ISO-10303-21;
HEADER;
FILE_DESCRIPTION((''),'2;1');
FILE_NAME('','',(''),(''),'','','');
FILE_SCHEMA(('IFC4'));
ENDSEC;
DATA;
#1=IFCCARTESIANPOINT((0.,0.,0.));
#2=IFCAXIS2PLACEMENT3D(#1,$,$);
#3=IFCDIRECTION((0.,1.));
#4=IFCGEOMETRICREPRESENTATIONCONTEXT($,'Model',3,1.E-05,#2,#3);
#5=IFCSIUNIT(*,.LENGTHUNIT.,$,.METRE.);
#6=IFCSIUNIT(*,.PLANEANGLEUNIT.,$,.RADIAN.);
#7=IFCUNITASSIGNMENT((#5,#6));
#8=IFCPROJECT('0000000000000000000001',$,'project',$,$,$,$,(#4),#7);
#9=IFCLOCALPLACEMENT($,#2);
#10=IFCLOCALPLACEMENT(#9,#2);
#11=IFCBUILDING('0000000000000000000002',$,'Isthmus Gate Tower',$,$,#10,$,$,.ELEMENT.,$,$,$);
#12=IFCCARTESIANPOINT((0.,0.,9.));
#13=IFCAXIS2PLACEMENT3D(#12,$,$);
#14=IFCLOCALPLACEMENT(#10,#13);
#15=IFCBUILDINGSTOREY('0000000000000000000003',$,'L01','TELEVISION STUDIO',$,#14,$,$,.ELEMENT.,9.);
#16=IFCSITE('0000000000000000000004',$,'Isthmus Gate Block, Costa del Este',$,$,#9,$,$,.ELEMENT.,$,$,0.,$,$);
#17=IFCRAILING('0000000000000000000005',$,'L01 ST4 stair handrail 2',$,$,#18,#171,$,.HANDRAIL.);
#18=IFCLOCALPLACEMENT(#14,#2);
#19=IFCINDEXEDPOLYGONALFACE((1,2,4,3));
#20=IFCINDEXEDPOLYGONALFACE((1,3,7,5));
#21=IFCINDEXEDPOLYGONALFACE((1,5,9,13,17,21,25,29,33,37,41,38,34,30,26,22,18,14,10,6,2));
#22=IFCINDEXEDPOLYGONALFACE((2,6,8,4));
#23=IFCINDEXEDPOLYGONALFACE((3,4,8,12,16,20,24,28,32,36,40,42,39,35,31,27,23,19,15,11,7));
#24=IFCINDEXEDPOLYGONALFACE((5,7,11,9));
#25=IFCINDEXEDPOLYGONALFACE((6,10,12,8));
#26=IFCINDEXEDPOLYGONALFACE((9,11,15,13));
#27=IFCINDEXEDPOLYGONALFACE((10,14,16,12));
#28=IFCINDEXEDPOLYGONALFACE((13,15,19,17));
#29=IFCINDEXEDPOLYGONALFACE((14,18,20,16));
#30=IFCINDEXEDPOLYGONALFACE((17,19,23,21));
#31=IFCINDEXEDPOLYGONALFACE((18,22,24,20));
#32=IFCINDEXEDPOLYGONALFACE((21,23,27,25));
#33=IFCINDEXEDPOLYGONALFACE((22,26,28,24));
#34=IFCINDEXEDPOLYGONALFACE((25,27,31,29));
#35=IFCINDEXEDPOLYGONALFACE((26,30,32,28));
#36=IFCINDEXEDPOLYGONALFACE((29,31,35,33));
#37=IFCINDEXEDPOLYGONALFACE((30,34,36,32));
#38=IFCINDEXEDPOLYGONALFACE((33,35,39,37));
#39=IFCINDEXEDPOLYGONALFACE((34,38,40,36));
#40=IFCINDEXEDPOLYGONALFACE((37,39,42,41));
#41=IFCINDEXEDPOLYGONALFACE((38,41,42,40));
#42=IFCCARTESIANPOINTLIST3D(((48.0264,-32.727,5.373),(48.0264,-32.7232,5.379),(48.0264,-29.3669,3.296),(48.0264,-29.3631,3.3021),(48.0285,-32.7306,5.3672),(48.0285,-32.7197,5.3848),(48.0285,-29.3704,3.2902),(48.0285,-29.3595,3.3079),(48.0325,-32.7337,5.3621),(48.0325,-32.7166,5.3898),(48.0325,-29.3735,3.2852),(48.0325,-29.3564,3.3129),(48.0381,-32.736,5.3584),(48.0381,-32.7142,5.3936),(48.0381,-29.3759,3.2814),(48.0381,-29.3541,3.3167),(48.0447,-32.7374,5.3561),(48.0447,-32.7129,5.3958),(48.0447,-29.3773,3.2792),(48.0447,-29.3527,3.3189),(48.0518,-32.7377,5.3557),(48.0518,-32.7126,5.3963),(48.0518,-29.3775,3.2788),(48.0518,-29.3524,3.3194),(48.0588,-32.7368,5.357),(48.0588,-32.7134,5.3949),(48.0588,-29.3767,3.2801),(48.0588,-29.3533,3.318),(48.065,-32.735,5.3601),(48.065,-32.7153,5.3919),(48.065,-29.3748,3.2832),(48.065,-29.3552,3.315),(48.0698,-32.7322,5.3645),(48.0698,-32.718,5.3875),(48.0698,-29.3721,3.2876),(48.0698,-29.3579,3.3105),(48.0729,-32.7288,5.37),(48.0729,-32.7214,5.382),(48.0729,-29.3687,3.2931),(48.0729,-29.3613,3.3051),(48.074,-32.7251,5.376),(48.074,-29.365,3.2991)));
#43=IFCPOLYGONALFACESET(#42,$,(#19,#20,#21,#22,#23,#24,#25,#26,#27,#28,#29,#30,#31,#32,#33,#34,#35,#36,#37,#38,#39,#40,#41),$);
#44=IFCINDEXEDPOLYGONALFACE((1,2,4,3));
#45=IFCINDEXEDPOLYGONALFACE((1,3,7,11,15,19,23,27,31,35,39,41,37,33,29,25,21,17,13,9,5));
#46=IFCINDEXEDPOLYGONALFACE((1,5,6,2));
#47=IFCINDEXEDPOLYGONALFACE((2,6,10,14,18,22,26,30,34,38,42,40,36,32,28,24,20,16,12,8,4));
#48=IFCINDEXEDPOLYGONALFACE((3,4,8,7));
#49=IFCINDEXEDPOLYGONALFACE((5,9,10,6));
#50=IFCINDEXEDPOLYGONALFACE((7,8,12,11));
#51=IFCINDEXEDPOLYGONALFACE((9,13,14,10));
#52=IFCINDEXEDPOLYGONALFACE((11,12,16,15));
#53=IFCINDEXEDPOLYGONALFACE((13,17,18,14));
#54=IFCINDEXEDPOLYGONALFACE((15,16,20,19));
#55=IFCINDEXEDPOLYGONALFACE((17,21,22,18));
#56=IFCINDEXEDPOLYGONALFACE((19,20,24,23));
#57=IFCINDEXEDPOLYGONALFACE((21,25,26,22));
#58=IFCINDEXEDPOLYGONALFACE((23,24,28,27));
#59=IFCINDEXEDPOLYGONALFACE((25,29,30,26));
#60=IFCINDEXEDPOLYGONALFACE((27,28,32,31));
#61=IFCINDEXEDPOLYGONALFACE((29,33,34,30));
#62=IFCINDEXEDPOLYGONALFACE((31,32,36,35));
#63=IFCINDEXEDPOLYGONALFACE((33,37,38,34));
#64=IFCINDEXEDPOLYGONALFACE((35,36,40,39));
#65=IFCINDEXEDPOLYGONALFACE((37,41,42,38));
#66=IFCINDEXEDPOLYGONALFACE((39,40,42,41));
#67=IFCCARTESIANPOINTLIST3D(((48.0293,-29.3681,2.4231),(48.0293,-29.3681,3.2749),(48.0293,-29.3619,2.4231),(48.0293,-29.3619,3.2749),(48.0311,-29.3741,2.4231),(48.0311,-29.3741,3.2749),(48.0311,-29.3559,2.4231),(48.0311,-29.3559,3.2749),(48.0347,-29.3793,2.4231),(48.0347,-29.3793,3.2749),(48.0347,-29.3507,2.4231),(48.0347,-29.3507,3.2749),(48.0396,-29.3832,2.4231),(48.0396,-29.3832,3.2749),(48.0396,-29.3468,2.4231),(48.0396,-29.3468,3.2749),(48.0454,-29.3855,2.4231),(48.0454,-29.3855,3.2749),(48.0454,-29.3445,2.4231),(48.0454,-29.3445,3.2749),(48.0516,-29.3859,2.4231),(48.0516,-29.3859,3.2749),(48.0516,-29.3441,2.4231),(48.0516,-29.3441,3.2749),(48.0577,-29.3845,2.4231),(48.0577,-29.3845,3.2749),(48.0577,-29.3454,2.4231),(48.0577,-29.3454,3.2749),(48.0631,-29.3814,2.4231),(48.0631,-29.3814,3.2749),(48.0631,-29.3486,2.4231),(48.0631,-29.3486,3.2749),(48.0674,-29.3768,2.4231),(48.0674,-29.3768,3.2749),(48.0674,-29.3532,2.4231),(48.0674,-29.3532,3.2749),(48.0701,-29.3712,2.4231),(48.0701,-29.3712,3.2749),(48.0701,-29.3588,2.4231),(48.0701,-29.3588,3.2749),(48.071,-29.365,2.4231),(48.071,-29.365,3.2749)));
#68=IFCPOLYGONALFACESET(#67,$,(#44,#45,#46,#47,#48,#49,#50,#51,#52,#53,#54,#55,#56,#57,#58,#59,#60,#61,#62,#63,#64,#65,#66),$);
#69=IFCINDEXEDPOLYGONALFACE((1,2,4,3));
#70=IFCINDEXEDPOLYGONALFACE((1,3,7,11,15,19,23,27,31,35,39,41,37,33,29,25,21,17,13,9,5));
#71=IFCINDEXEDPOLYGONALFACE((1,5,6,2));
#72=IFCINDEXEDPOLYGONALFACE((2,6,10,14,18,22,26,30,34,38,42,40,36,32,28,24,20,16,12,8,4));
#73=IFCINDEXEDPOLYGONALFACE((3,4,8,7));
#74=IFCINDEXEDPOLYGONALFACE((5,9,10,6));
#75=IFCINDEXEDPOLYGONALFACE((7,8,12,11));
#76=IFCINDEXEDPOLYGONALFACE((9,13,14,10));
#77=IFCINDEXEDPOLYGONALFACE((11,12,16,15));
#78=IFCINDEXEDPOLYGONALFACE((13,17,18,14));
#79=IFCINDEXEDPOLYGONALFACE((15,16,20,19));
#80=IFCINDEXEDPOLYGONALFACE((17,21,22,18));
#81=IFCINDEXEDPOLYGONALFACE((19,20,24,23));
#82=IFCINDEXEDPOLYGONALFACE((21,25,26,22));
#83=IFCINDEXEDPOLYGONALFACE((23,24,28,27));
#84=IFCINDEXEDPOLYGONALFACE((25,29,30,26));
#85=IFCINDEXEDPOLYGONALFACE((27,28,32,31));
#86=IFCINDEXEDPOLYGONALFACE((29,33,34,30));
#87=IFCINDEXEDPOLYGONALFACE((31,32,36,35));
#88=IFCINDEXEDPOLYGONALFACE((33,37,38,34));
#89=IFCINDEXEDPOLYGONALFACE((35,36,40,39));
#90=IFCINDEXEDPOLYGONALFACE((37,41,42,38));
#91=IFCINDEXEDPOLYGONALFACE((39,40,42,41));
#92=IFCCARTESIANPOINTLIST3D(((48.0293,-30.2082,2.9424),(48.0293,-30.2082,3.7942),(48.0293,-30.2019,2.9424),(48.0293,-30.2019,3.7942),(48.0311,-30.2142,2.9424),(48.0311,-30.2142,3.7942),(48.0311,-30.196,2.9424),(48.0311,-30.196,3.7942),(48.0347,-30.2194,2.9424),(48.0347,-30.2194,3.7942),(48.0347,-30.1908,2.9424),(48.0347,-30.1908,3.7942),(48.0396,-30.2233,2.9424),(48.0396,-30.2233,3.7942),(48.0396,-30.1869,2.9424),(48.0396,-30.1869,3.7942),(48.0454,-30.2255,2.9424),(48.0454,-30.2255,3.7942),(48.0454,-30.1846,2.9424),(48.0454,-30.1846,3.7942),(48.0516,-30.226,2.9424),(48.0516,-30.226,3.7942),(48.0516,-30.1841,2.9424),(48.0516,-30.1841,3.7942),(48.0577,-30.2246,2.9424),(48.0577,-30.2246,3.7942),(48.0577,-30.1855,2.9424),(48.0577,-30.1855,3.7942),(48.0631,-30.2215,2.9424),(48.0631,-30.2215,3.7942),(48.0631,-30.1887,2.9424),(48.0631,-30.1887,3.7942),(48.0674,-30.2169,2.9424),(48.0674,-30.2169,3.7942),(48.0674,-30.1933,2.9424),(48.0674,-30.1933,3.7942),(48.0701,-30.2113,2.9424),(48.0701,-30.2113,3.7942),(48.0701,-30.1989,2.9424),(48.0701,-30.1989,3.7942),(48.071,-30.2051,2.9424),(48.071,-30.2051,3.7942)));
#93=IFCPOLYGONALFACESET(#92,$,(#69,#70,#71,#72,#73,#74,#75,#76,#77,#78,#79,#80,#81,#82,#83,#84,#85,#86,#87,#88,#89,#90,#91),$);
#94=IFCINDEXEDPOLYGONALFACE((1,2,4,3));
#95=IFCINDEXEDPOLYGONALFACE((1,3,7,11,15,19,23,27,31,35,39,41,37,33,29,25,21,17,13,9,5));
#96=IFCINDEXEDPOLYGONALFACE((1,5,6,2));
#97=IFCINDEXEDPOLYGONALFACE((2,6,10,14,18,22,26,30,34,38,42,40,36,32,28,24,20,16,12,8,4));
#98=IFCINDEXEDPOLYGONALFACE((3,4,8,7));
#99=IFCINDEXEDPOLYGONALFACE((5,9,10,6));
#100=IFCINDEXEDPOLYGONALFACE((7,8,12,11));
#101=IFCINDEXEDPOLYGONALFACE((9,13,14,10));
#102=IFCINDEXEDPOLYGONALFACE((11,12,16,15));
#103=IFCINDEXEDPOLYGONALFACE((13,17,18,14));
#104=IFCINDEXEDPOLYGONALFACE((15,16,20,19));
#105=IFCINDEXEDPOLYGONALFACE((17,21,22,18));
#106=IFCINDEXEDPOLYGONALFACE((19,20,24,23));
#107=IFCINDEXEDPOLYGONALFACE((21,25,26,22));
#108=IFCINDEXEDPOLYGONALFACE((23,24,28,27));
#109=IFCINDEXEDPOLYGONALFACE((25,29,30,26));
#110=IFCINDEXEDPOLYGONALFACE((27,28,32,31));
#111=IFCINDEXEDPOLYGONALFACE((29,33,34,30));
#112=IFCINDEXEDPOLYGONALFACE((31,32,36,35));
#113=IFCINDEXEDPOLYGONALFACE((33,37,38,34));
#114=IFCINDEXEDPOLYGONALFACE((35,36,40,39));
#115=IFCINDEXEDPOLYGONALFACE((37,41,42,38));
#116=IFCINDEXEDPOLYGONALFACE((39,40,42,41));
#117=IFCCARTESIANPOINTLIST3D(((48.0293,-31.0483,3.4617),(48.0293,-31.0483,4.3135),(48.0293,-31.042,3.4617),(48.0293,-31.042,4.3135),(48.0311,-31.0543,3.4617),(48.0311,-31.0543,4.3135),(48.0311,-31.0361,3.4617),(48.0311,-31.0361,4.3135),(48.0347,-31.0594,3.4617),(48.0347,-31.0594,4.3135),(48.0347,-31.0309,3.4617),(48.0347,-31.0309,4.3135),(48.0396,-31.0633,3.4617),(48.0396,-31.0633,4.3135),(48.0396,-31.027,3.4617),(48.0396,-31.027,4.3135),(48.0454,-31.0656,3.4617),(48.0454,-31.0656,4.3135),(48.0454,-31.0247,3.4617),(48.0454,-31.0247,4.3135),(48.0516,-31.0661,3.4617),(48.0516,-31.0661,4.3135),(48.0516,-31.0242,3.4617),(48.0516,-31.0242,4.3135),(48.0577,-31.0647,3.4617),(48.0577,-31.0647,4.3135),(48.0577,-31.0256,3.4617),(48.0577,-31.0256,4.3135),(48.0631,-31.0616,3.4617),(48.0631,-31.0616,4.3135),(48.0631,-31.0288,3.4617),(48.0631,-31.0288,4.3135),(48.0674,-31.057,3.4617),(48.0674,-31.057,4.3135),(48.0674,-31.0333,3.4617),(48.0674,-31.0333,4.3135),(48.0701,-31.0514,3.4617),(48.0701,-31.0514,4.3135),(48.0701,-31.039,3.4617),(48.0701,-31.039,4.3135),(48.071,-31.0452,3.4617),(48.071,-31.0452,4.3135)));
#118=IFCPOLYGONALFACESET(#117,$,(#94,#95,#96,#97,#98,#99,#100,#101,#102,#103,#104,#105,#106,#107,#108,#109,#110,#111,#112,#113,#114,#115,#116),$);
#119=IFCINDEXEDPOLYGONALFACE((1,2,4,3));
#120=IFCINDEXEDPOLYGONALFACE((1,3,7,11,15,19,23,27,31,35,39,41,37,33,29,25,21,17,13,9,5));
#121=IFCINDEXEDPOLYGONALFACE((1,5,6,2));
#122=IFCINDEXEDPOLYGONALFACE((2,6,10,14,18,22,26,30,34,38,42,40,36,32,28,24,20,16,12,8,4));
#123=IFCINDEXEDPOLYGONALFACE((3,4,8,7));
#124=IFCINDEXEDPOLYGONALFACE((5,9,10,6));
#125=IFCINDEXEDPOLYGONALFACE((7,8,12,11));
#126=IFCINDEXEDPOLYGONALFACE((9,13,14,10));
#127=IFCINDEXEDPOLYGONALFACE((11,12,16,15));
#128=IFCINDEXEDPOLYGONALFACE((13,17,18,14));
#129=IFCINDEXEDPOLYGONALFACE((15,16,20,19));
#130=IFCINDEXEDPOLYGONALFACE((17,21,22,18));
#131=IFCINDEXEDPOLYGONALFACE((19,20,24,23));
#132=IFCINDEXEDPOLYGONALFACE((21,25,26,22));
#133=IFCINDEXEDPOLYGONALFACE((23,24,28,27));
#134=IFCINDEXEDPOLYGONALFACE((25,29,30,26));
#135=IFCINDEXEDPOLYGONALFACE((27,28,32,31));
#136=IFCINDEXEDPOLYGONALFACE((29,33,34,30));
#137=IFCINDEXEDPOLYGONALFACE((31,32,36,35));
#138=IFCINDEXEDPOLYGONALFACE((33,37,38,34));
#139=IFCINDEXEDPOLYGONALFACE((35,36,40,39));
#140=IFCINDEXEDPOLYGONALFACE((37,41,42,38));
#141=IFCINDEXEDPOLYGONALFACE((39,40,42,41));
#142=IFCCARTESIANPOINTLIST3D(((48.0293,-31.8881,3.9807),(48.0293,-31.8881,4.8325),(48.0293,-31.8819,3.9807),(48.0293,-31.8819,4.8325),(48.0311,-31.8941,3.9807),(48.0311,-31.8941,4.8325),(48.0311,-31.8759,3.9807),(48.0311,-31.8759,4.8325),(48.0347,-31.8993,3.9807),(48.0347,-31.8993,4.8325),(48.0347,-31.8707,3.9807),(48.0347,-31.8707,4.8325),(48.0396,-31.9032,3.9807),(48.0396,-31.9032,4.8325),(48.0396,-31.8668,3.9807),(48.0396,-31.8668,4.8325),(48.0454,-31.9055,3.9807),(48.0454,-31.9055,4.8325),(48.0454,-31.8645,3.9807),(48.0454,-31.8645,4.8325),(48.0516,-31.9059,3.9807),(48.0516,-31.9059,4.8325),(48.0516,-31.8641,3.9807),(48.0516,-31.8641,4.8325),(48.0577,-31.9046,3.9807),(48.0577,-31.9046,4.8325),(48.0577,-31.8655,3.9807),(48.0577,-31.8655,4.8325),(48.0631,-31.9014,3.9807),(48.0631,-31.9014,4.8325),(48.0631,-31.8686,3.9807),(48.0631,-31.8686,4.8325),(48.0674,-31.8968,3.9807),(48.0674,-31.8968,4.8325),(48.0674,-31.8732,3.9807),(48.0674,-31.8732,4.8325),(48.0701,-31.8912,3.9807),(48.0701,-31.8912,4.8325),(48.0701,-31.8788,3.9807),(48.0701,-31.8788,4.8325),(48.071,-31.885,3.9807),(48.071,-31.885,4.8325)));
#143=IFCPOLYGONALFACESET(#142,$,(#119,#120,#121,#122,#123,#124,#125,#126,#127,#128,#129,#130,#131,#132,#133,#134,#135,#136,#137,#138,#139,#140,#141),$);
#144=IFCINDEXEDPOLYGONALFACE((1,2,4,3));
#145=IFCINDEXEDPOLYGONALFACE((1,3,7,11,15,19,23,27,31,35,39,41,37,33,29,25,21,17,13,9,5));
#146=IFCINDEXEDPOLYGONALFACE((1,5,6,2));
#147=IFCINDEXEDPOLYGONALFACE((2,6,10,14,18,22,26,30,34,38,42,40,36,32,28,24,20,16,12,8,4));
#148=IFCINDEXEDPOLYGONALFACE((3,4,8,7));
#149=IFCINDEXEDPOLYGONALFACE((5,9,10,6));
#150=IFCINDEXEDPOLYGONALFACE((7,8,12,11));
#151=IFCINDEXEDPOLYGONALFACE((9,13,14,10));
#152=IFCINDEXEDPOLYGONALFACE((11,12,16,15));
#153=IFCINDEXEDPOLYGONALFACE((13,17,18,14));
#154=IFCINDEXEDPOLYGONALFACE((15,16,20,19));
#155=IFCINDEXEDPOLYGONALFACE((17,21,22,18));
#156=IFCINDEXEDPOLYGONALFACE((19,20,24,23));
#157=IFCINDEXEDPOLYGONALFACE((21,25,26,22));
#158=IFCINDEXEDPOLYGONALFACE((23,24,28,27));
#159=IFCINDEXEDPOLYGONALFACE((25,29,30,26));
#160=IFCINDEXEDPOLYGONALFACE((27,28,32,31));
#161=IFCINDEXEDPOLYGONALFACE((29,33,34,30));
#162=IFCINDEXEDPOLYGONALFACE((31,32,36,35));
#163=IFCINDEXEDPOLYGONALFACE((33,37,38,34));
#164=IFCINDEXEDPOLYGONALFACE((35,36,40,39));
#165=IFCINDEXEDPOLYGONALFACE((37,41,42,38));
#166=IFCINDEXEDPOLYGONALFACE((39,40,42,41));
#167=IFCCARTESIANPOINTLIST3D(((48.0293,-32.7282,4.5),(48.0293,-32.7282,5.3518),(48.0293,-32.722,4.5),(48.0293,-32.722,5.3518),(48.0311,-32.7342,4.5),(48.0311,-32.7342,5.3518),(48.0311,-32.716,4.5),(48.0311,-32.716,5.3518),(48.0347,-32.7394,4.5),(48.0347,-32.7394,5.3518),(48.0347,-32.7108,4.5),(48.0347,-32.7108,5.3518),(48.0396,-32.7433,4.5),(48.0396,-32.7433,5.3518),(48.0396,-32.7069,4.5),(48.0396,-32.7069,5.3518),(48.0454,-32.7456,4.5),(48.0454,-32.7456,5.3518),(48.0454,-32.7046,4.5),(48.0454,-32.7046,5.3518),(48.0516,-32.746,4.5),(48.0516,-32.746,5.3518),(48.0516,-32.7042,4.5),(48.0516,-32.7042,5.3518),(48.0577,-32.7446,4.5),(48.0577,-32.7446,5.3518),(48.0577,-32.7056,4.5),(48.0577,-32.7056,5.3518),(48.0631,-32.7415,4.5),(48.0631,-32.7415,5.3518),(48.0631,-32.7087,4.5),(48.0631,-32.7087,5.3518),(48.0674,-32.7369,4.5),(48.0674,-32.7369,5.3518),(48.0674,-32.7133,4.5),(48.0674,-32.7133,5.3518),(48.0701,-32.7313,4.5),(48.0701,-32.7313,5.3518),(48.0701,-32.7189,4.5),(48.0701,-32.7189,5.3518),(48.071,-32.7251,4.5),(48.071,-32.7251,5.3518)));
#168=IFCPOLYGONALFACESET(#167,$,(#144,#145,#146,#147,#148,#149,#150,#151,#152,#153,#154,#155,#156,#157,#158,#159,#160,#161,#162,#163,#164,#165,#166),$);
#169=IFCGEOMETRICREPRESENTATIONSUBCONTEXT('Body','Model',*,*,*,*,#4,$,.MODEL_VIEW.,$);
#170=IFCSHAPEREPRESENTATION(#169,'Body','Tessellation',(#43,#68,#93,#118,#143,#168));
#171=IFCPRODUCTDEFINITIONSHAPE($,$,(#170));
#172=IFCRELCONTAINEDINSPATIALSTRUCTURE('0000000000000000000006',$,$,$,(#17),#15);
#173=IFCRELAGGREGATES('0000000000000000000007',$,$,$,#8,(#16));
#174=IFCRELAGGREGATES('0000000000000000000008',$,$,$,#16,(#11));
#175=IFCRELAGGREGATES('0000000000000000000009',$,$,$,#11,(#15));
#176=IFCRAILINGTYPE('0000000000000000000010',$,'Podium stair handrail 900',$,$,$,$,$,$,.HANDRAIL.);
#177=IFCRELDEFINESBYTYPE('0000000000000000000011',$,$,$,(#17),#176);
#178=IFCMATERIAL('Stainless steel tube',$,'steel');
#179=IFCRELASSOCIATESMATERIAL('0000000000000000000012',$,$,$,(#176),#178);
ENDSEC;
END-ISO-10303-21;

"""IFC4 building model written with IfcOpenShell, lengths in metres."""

from ifc_helpers import new_model, si_unit, direction, frame, origin, origin_2d, place, context, subcontext, project, spatial, circle, extrude, material, type_object, element, save


model = new_model("IFC4")

# Units and contexts
model_context = context("Model", 3, precision=1e-05, world=origin(), true_north=direction((0.0, 1.0)))
body_context = subcontext(model_context, "Body", "Model", "MODEL_VIEW")
ifc_project = project(units=[si_unit("LENGTHUNIT", "METRE"), si_unit("PLANEANGLEUNIT", "RADIAN")], contexts=[model_context])

# Site, building, storey
site_placement = place(None, origin())
site = spatial("IfcSite", under=ifc_project, at=site_placement, Name="Isthmus Gate Block, Costa del Este", CompositionType="ELEMENT", RefElevation=0.0)
building_placement = place(site_placement, origin())
building = spatial("IfcBuilding", under=site, at=building_placement, Name="Isthmus Gate Tower", CompositionType="ELEMENT")
storey_placement = place(building_placement, frame((0.0, 0.0, 9.0)))
storey = spatial("IfcBuildingStorey", under=building, at=storey_placement, Name="L01", Description="TELEVISION STUDIO", CompositionType="ELEMENT", Elevation=9.0)

# Railing
ifc_material_1 = material(Name="Stainless steel tube", Category="steel")
railing_type_1 = type_object("IfcRailingType", Name="Podium stair handrail 900", PredefinedType="HANDRAIL", material=ifc_material_1)
for number, where, name in (
    (1, (48.05, -29.365, 2.4231), "L01 ST4 stair handrail 2"),
):
    element("IfcRailing", number, at=place(storey_placement, frame(where)), inside=storey, type_object=railing_type_1, Name=name, PredefinedType="HANDRAIL", context=body_context, shape_type="SweptSolid", body=[
        extrude(circle(Radius=0.0239, at=origin_2d()), frame((0.0, 0.0, 0.876), z_axis=(0.0, -0.850623, 0.525776), x_axis=(1.0, 0.0, 0.0)), (0.0, 0.0, 1.0), 3.9502),
        extrude(circle(Radius=0.021, at=origin_2d()), origin(), (0.0, 0.0, 1.0), 0.8518),
        extrude(circle(Radius=0.021, at=origin_2d()), frame((0.0, -0.8401, 0.5193)), (0.0, 0.0, 1.0), 0.8518),
        extrude(circle(Radius=0.021, at=origin_2d()), frame((0.0, -1.6802, 1.0386)), (0.0, 0.0, 1.0), 0.8518),
        extrude(circle(Radius=0.021, at=origin_2d()), frame((0.0, -2.52, 1.5576)), (0.0, 0.0, 1.0), 0.8518),
        extrude(circle(Radius=0.021, at=origin_2d()), frame((0.0, -3.3601, 2.0769)), (0.0, 0.0, 1.0), 0.8518),
    ])

save(model, "model.ifc")
